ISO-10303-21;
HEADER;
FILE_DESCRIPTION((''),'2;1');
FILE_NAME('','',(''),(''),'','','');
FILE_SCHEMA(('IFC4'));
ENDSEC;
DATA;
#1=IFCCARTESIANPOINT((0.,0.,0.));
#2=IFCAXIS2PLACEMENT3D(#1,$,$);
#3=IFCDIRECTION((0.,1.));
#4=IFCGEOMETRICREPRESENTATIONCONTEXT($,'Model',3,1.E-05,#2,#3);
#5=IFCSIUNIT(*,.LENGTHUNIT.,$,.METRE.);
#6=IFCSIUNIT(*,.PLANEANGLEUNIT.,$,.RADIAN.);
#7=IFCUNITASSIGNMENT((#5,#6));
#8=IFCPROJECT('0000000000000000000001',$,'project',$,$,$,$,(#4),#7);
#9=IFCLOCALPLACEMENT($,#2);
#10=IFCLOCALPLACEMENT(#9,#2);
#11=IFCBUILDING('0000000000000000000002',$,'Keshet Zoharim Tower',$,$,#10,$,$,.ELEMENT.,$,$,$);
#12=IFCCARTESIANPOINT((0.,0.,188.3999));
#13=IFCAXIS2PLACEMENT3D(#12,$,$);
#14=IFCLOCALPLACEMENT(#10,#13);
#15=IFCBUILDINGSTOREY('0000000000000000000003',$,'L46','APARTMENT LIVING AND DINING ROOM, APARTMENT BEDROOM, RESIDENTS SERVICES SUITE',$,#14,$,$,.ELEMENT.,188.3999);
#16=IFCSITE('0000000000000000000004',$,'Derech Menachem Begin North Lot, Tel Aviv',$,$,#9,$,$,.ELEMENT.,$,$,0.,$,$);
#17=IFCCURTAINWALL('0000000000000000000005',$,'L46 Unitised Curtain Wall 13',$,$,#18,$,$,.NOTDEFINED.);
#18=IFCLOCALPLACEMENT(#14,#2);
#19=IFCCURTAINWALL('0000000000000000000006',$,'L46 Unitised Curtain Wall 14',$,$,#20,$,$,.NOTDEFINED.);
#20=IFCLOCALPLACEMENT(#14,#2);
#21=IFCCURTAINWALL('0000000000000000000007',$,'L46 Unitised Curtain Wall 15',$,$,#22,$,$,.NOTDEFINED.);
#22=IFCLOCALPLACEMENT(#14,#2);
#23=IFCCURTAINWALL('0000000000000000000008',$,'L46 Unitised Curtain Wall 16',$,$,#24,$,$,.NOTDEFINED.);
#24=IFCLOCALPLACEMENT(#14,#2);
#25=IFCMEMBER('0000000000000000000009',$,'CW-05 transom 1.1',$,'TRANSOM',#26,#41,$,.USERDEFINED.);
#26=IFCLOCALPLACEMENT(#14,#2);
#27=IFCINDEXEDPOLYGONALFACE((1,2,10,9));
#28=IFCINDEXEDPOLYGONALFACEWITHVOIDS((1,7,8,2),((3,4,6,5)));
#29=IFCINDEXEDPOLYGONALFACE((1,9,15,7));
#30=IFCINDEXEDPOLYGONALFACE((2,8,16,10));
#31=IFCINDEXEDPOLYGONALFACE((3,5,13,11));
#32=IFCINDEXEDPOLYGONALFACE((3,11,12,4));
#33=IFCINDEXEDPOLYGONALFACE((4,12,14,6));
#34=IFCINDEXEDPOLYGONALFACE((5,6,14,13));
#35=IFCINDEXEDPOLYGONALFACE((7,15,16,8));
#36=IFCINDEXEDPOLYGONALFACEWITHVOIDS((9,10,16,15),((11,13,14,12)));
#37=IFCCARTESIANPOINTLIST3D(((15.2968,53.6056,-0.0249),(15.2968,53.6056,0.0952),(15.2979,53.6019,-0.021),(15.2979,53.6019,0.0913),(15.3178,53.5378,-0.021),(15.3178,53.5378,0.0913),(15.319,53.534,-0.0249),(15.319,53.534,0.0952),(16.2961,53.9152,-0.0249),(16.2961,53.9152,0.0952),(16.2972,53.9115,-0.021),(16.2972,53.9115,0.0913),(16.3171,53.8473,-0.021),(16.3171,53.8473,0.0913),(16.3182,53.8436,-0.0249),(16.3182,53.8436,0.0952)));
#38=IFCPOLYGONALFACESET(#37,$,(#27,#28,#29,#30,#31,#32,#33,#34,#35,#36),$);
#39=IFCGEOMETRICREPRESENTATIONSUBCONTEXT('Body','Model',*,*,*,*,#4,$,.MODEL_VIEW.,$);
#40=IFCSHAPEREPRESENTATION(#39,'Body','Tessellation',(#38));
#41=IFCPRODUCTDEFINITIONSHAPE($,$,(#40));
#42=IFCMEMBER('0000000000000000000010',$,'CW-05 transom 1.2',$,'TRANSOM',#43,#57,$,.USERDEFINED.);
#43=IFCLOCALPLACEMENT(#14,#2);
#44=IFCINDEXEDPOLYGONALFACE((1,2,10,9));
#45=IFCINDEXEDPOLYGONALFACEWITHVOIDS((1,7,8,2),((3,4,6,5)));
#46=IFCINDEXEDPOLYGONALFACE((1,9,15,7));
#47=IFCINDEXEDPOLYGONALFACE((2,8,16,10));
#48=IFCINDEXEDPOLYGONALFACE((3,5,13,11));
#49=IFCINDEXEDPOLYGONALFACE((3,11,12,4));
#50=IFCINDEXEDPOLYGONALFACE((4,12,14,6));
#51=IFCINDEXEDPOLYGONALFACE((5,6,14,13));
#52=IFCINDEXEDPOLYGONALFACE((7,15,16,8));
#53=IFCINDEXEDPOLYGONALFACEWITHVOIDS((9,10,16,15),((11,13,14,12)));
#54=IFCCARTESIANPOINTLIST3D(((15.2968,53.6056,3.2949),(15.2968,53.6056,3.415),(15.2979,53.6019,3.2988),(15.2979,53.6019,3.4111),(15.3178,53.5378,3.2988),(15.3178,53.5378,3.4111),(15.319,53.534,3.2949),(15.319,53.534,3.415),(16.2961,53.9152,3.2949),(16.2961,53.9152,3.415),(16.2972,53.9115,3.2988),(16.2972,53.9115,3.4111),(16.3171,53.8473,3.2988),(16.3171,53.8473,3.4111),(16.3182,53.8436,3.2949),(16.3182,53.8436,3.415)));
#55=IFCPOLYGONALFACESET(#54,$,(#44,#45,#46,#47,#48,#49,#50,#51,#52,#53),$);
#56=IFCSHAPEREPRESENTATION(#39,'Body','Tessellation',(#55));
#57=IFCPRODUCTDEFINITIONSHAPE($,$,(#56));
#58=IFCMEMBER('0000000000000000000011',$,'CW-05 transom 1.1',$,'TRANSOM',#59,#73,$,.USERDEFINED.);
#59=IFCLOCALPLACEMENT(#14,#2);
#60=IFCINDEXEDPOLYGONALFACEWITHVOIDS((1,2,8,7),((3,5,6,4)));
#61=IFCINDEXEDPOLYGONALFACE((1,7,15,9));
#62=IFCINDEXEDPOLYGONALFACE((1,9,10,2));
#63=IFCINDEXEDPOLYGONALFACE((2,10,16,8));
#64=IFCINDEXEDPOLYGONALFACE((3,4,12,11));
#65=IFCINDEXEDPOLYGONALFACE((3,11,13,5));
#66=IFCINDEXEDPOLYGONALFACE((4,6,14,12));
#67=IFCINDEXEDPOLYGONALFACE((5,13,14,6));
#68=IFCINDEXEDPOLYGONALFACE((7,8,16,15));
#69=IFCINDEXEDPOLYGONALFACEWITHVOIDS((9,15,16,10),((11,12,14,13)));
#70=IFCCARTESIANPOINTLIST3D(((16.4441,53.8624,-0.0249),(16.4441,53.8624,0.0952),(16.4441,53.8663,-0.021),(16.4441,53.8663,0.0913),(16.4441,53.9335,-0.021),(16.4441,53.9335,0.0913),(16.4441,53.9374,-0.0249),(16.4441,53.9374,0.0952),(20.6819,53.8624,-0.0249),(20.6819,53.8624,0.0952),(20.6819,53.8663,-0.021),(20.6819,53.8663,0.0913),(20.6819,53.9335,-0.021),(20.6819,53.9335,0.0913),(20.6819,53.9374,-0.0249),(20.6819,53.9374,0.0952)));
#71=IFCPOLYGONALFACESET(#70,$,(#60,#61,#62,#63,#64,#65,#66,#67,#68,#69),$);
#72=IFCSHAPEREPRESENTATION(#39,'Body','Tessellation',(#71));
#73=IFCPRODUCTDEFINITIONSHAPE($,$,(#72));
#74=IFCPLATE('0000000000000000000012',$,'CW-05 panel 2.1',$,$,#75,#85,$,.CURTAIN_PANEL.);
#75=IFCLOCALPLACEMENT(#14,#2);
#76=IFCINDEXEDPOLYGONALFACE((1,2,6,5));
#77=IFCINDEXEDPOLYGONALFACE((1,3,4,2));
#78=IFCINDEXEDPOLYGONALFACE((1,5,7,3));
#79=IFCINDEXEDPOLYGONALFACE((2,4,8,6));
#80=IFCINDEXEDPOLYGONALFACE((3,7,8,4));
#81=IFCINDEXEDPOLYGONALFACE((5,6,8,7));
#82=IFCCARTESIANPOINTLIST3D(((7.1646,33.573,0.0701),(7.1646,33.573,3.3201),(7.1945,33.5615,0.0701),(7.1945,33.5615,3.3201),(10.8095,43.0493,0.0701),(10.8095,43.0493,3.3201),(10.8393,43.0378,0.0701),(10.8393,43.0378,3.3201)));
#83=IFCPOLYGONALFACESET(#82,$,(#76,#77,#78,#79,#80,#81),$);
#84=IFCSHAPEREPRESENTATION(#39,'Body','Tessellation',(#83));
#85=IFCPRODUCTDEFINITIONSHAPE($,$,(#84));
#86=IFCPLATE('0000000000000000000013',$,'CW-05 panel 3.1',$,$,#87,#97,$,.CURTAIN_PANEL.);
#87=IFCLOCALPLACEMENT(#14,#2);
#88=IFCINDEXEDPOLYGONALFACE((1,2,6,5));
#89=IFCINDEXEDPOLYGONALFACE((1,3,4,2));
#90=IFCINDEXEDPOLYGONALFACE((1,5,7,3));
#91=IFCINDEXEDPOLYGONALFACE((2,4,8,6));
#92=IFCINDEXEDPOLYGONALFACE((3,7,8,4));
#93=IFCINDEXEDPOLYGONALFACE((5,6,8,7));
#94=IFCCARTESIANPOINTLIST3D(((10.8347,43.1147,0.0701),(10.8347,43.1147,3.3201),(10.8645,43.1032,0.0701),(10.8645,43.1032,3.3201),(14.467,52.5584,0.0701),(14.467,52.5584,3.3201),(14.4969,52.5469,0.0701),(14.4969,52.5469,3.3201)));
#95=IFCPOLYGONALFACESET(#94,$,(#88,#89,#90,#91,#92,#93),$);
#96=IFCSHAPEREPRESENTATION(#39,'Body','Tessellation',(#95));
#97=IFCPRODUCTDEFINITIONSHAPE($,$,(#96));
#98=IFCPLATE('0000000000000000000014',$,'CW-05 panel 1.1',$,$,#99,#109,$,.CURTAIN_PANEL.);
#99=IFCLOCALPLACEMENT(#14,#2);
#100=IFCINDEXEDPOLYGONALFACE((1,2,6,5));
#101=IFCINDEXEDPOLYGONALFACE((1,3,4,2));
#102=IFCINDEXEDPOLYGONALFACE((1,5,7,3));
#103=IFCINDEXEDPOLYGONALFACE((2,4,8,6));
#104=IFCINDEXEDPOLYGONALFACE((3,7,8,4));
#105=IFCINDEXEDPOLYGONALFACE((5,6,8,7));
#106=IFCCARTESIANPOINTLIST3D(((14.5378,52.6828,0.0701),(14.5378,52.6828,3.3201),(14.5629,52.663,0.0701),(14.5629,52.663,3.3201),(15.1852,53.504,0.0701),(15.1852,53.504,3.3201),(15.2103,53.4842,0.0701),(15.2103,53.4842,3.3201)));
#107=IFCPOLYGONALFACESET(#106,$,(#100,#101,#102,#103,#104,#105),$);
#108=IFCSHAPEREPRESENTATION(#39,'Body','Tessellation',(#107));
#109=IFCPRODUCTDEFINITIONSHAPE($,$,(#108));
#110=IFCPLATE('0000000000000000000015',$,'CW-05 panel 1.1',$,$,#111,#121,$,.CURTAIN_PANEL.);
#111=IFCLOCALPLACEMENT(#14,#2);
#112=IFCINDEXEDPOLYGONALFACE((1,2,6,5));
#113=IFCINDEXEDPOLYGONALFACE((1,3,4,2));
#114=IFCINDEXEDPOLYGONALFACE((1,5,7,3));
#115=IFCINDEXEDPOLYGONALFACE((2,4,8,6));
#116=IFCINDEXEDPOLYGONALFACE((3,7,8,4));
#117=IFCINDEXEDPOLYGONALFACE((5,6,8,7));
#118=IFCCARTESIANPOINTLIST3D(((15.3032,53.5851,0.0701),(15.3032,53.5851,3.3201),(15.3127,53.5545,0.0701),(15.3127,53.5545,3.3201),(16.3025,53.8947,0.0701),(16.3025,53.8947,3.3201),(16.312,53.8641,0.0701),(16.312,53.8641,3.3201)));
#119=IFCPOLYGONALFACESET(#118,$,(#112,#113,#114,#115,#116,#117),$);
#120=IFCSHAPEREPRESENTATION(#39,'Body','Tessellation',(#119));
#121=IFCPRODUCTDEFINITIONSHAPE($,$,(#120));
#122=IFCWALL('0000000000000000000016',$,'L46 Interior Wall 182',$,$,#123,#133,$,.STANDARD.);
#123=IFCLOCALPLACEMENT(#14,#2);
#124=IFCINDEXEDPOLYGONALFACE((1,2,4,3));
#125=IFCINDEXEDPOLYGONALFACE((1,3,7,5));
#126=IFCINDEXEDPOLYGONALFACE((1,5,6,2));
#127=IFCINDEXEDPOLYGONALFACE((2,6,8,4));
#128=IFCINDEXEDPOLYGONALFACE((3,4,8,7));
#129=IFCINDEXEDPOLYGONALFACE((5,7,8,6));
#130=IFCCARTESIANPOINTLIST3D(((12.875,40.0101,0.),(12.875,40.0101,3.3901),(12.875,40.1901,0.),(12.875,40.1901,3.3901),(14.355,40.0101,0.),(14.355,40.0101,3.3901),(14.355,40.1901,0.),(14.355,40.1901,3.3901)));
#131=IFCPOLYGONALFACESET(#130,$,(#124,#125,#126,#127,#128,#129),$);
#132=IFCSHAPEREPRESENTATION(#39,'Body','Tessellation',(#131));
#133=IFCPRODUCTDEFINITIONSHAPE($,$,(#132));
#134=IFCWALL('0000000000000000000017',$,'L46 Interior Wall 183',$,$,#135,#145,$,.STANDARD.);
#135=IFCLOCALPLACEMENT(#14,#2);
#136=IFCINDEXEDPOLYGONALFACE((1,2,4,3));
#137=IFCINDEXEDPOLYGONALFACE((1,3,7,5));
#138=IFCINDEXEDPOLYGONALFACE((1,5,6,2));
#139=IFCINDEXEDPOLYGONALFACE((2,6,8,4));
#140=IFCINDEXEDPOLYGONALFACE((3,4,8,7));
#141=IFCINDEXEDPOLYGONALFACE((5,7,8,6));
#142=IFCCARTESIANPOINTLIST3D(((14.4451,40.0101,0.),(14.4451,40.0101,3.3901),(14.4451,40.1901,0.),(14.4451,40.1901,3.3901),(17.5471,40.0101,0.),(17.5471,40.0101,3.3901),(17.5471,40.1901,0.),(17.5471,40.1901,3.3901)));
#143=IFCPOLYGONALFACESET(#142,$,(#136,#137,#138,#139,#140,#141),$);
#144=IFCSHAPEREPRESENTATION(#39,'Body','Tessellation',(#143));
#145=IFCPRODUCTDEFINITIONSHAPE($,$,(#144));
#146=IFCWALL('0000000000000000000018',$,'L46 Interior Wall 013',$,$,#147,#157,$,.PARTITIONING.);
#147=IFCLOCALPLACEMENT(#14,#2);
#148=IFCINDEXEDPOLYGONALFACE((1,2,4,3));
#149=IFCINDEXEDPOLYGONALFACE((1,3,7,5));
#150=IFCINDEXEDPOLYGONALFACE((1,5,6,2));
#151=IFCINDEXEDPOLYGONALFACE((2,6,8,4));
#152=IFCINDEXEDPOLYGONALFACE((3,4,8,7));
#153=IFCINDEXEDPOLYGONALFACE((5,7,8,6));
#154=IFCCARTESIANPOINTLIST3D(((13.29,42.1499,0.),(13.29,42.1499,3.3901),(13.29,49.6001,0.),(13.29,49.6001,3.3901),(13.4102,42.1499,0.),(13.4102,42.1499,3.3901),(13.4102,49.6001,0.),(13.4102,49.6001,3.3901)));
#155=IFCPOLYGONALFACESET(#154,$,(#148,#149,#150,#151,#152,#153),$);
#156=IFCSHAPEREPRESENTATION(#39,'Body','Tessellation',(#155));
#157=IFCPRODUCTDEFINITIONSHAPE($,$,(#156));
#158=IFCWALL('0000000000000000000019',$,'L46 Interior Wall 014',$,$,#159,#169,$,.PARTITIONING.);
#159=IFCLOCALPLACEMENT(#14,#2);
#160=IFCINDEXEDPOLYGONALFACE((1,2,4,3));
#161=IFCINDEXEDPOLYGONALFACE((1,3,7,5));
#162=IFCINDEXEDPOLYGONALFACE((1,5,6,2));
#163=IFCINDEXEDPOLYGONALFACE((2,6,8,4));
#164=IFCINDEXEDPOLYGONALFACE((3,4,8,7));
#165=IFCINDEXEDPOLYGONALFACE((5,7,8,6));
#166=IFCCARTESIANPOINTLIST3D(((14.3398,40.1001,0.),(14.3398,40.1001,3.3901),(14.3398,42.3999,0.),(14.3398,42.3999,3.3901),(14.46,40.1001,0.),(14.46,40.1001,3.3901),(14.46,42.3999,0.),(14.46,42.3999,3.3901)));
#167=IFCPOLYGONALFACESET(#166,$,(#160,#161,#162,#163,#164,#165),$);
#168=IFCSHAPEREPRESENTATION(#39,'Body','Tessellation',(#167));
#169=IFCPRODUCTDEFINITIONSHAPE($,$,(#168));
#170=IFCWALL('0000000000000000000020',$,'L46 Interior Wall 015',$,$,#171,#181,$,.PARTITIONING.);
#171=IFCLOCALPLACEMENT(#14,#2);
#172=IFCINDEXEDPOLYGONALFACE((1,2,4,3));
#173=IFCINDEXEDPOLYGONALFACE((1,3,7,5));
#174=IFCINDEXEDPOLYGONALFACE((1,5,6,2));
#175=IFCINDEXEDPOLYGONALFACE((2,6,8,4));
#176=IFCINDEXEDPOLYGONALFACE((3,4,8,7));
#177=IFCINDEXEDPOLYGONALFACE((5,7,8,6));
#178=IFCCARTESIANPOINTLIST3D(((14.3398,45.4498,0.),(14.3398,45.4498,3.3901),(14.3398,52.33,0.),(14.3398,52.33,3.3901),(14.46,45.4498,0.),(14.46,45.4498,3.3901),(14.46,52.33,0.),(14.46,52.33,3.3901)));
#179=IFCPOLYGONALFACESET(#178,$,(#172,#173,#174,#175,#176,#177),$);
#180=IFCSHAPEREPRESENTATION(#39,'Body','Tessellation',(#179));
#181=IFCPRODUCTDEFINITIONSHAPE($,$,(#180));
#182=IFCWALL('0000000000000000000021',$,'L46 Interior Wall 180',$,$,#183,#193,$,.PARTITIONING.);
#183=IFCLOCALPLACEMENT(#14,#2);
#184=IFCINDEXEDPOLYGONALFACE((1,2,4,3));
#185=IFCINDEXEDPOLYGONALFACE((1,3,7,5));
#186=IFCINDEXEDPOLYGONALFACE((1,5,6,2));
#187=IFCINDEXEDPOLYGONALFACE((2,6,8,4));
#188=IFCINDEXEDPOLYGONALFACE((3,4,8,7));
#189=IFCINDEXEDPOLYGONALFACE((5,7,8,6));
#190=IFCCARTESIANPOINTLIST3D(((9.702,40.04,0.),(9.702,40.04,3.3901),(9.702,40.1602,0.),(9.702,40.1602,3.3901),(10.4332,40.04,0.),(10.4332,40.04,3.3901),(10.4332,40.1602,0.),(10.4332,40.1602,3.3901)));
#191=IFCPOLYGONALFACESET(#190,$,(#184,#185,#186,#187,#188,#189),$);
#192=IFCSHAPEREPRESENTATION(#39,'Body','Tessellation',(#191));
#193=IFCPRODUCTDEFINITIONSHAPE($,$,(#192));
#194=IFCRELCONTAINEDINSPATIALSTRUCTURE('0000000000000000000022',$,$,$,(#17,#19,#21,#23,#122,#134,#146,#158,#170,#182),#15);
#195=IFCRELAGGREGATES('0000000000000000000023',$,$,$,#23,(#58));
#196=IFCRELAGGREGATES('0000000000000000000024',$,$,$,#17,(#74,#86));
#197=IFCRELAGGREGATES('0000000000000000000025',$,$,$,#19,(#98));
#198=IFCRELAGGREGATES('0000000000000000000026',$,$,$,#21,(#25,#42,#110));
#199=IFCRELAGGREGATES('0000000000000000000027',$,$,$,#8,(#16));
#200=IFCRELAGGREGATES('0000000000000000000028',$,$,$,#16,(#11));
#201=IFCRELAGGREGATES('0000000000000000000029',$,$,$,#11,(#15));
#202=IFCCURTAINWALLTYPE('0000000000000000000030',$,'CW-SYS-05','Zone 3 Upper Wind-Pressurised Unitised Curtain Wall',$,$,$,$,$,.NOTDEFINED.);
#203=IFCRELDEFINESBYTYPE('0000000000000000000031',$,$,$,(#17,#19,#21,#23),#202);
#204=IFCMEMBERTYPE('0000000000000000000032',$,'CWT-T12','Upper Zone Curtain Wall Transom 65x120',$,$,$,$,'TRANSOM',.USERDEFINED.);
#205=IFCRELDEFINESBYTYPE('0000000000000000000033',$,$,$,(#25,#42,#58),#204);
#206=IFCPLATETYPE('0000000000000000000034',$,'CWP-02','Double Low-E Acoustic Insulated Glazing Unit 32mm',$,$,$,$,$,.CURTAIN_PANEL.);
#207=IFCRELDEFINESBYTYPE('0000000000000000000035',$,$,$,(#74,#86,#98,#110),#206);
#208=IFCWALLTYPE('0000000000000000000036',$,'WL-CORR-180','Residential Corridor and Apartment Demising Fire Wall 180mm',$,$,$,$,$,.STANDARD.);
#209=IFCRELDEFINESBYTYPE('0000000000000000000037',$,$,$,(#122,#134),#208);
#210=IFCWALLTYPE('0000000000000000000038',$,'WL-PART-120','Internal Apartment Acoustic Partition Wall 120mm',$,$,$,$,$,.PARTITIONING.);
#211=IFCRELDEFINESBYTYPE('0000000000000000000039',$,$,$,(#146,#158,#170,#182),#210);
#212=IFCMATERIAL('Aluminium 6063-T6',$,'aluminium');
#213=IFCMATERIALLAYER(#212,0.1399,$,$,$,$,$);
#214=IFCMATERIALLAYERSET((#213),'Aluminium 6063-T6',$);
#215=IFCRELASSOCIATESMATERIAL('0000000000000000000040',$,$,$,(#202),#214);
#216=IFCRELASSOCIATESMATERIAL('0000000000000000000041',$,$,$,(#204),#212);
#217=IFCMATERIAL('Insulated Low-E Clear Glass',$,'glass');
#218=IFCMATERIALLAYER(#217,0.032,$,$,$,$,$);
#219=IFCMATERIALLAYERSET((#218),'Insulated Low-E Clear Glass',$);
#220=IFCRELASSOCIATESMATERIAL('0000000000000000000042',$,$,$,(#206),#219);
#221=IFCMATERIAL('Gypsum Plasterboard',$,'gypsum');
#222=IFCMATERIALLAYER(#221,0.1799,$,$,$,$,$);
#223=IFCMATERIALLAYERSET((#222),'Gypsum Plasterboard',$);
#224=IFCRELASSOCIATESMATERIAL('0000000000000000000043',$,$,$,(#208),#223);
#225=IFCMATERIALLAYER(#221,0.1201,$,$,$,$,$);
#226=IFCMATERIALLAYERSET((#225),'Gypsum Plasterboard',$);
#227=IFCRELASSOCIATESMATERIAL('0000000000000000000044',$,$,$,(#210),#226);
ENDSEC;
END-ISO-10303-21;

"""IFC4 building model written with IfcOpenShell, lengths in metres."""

from ifc_helpers import new_model, si_unit, direction, frame, frame_2d, origin, origin_2d, place, context, subcontext, project, spatial, rectangle, hollow_rectangle, extrude, material, layer, layer_set, material_profile, profile_set, type_object, element, aggregate, save


model = new_model("IFC4")

# Units and contexts
model_context = context("Model", 3, precision=1e-05, world=origin(), true_north=direction((0.0, 1.0)))
body_context = subcontext(model_context, "Body", "Model", "MODEL_VIEW")
ifc_project = project(units=[si_unit("LENGTHUNIT", "METRE"), si_unit("PLANEANGLEUNIT", "RADIAN")], contexts=[model_context])

# Site, building, storey
site_placement = place(None, origin())
site = spatial("IfcSite", under=ifc_project, at=site_placement, Name="Derech Menachem Begin North Lot, Tel Aviv", CompositionType="ELEMENT", RefElevation=0.0)
building_placement = place(site_placement, origin())
building = spatial("IfcBuilding", under=site, at=building_placement, Name="Keshet Zoharim Tower", CompositionType="ELEMENT")
storey_placement = place(building_placement, frame((0.0, 0.0, 188.3999)))
storey = spatial("IfcBuildingStorey", under=building, at=storey_placement, Name="L46", Description="APARTMENT LIVING AND DINING ROOM, APARTMENT BEDROOM, RESIDENTS SERVICES SUITE", CompositionType="ELEMENT", Elevation=188.3999)

# Curtain walls
ifc_material_1 = material(Name="Aluminium 6063-T6", Category="aluminium")
ifc_layer_1 = layer(ifc_material_1, 0.1399)
ifc_layer_set_1 = layer_set([ifc_layer_1], Name="Aluminium 6063-T6")
curtain_wall_type = type_object("IfcCurtainWallType", Name="CW-SYS-05", Description="Zone 3 Upper Wind-Pressurised Unitised Curtain Wall", PredefinedType="NOTDEFINED", material=ifc_layer_set_1)
curtain_wall_1_placement = place(storey_placement, origin())
curtain_wall_1 = element("IfcCurtainWall", 1, at=curtain_wall_1_placement, inside=storey, type_object=curtain_wall_type, Name="L46 Unitised Curtain Wall 13", PredefinedType="NOTDEFINED")
curtain_wall_2_placement = place(storey_placement, origin())
curtain_wall_2 = element("IfcCurtainWall", 2, at=curtain_wall_2_placement, inside=storey, type_object=curtain_wall_type, Name="L46 Unitised Curtain Wall 14", PredefinedType="NOTDEFINED")
curtain_wall_3_placement = place(storey_placement, origin())
curtain_wall_3 = element("IfcCurtainWall", 3, at=curtain_wall_3_placement, inside=storey, type_object=curtain_wall_type, Name="L46 Unitised Curtain Wall 15", PredefinedType="NOTDEFINED")

# Curtain wall
curtain_wall_4_placement = place(storey_placement, origin())
curtain_wall_4 = element("IfcCurtainWall", 4, at=curtain_wall_4_placement, inside=storey, type_object=curtain_wall_type, Name="L46 Unitised Curtain Wall 16", PredefinedType="NOTDEFINED")

# Members
ifc_material_profile_1 = material_profile(ifc_material_1, hollow_rectangle(XDim=0.075, YDim=0.1201, WallThickness=0.0039, at=origin_2d()), Name="TRN-75x120")
ifc_profile_set_1 = profile_set([ifc_material_profile_1], Name="Aluminium 6063-T6")
member_type_1 = type_object("IfcMemberType", Name="CWT-T12", Description="Upper Zone Curtain Wall Transom 65x120", ElementType="TRANSOM", PredefinedType="USERDEFINED", material=ifc_profile_set_1)
member_1_placement = place(storey_placement, frame((15.3079, 53.5698, 0.0352), z_axis=(0.955212, 0.295922, 0.0), x_axis=(-0.295922, 0.955212, 0.0)))
member_1 = element("IfcMember", 5, at=member_1_placement, type_object=member_type_1, Name="CW-05 transom 1.1", ObjectType="TRANSOM", PredefinedType="USERDEFINED", context=body_context, shape_type="SweptSolid", body=[
    extrude(hollow_rectangle(XDim=0.075, YDim=0.1201, WallThickness=0.0039, at=origin_2d()), origin(), (0.0, 0.0, 1.0), 1.0461),
])
member_2_placement = place(storey_placement, frame((15.3079, 53.5698, 3.355), z_axis=(0.955212, 0.295922, 0.0), x_axis=(-0.295922, 0.955212, 0.0)))
member_2 = element("IfcMember", 6, at=member_2_placement, type_object=member_type_1, Name="CW-05 transom 1.2", ObjectType="TRANSOM", PredefinedType="USERDEFINED", context=body_context, shape_type="SweptSolid", body=[
    extrude(hollow_rectangle(XDim=0.075, YDim=0.1201, WallThickness=0.0039, at=origin_2d()), origin(), (0.0, 0.0, 1.0), 1.0461),
])
member_3_placement = place(storey_placement, frame((16.4441, 53.8999, 0.0352), z_axis=(1.0, 0.0, 0.0), x_axis=(0.0, 1.0, 0.0)))
member_3 = element("IfcMember", 7, at=member_3_placement, type_object=member_type_1, Name="CW-05 transom 1.1", ObjectType="TRANSOM", PredefinedType="USERDEFINED", context=body_context, shape_type="SweptSolid", body=[
    extrude(hollow_rectangle(XDim=0.075, YDim=0.1201, WallThickness=0.0039, at=origin_2d()), origin(), (0.0, 0.0, 1.0), 4.2378),
])
aggregate(curtain_wall_4, [member_3])

# Plates
ifc_material_2 = material(Name="Insulated Low-E Clear Glass", Category="glass")
ifc_layer_2 = layer(ifc_material_2, 0.032)
ifc_layer_set_2 = layer_set([ifc_layer_2], Name="Insulated Low-E Clear Glass")
plate_type = type_object("IfcPlateType", Name="CWP-02", Description="Double Low-E Acoustic Insulated Glazing Unit 32mm", PredefinedType="CURTAIN_PANEL", material=ifc_layer_set_2)
plate_1_placement = place(storey_placement, frame((9.002, 38.3054, 0.0701), z_axis=(0.0, 0.0, 1.0), x_axis=(0.35899, 0.933341, 0.0)))
plate_1 = element("IfcPlate", 8, at=plate_1_placement, type_object=plate_type, Name="CW-05 panel 2.1", PredefinedType="CURTAIN_PANEL", context=body_context, shape_type="SweptSolid", body=[
    extrude(rectangle(XDim=10.1531, YDim=0.032, at=origin_2d()), origin(), (0.0, 0.0, 1.0), 3.25),
])
plate_2_placement = place(storey_placement, frame((12.6658, 47.8308, 0.0701), z_axis=(0.0, 0.0, 1.0), x_axis=(0.35899, 0.933341, 0.0)))
plate_2 = element("IfcPlate", 9, at=plate_2_placement, type_object=plate_type, Name="CW-05 panel 3.1", PredefinedType="CURTAIN_PANEL", context=body_context, shape_type="SweptSolid", body=[
    extrude(rectangle(XDim=10.1182, YDim=0.032, at=origin_2d()), origin(), (0.0, 0.0, 1.0), 3.25),
])
aggregate(curtain_wall_1, [plate_1, plate_2])
plate_3_placement = place(storey_placement, frame((14.874, 53.0835, 0.0701), z_axis=(0.0, 0.0, 1.0), x_axis=(0.619125, 0.785293, 0.0)))
plate_3 = element("IfcPlate", 10, at=plate_3_placement, type_object=plate_type, Name="CW-05 panel 1.1", PredefinedType="CURTAIN_PANEL", context=body_context, shape_type="SweptSolid", body=[
    extrude(rectangle(XDim=1.0457, YDim=0.032, at=origin_2d()), origin(), (0.0, 0.0, 1.0), 3.25),
])
aggregate(curtain_wall_2, [plate_3])
plate_4_placement = place(storey_placement, frame((15.8076, 53.7246, 0.0701), z_axis=(0.0, 0.0, 1.0), x_axis=(0.955212, 0.295922, 0.0)))
plate_4 = element("IfcPlate", 11, at=plate_4_placement, type_object=plate_type, Name="CW-05 panel 1.1", PredefinedType="CURTAIN_PANEL", context=body_context, shape_type="SweptSolid", body=[
    extrude(rectangle(XDim=1.0461, YDim=0.032, at=origin_2d()), origin(), (0.0, 0.0, 1.0), 3.25),
])
aggregate(curtain_wall_3, [member_1, member_2, plate_4])

# Walls
ifc_material_3 = material(Name="Gypsum Plasterboard", Category="gypsum")
ifc_layer_3 = layer(ifc_material_3, 0.1799)
ifc_layer_set_3 = layer_set([ifc_layer_3], Name="Gypsum Plasterboard")
wall_type_1 = type_object("IfcWallType", Name="WL-CORR-180", Description="Residential Corridor and Apartment Demising Fire Wall 180mm", PredefinedType="STANDARD", material=ifc_layer_set_3)
wall_1_placement = place(storey_placement, frame((12.875, 40.1001, 0.0), z_axis=(0.0, 0.0, 1.0), x_axis=(1.0, 0.0, 0.0)))
element("IfcWall", 12, at=wall_1_placement, inside=storey, type_object=wall_type_1, Name="L46 Interior Wall 182", PredefinedType="STANDARD", context=body_context, shape_type="SweptSolid", body=[
    extrude(rectangle(XDim=1.48, YDim=0.1799, at=frame_2d((0.74, 0.0))), origin(), (0.0, 0.0, 1.0), 3.3901),
])
wall_2_placement = place(storey_placement, frame((14.4451, 40.1001, 0.0), z_axis=(0.0, 0.0, 1.0), x_axis=(1.0, 0.0, 0.0)))
element("IfcWall", 13, at=wall_2_placement, inside=storey, type_object=wall_type_1, Name="L46 Interior Wall 183", PredefinedType="STANDARD", context=body_context, shape_type="SweptSolid", body=[
    extrude(rectangle(XDim=3.1021, YDim=0.1799, at=frame_2d((1.551, 0.0))), origin(), (0.0, 0.0, 1.0), 3.3901),
])
ifc_layer_4 = layer(ifc_material_3, 0.1201)
ifc_layer_set_4 = layer_set([ifc_layer_4], Name="Gypsum Plasterboard")
wall_type_2 = type_object("IfcWallType", Name="WL-PART-120", Description="Internal Apartment Acoustic Partition Wall 120mm", PredefinedType="PARTITIONING", material=ifc_layer_set_4)
wall_3_placement = place(storey_placement, frame((13.3501, 42.1499, 0.0), z_axis=(0.0, 0.0, 1.0), x_axis=(0.0, 1.0, 0.0)))
element("IfcWall", 14, at=wall_3_placement, inside=storey, type_object=wall_type_2, Name="L46 Interior Wall 013", PredefinedType="PARTITIONING", context=body_context, shape_type="SweptSolid", body=[
    extrude(rectangle(XDim=7.4502, YDim=0.1201, at=frame_2d((3.7251, 0.0))), origin(), (0.0, 0.0, 1.0), 3.3901),
])
wall_4_placement = place(storey_placement, frame((14.3999, 40.1001, 0.0), z_axis=(0.0, 0.0, 1.0), x_axis=(0.0, 1.0, 0.0)))
element("IfcWall", 15, at=wall_4_placement, inside=storey, type_object=wall_type_2, Name="L46 Interior Wall 014", PredefinedType="PARTITIONING", context=body_context, shape_type="SweptSolid", body=[
    extrude(rectangle(XDim=2.2998, YDim=0.1201, at=frame_2d((1.1499, 0.0))), origin(), (0.0, 0.0, 1.0), 3.3901),
])
wall_5_placement = place(storey_placement, frame((14.3999, 45.45, 0.0), z_axis=(0.0, 0.0, 1.0), x_axis=(0.0, 1.0, 0.0)))
element("IfcWall", 16, at=wall_5_placement, inside=storey, type_object=wall_type_2, Name="L46 Interior Wall 015", PredefinedType="PARTITIONING", context=body_context, shape_type="SweptSolid", body=[
    extrude(rectangle(XDim=6.8801, YDim=0.1201, at=frame_2d((3.4399, 0.0))), origin(), (0.0, 0.0, 1.0), 3.3901),
])
wall_6_placement = place(storey_placement, frame((9.7019, 40.1001, 0.0), z_axis=(0.0, 0.0, 1.0), x_axis=(1.0, 0.0, 0.0)))
element("IfcWall", 17, at=wall_6_placement, inside=storey, type_object=wall_type_2, Name="L46 Interior Wall 180", PredefinedType="PARTITIONING", context=body_context, shape_type="SweptSolid", body=[
    extrude(rectangle(XDim=0.7312, YDim=0.1201, at=frame_2d((0.3657, 0.0))), origin(), (0.0, 0.0, 1.0), 3.3901),
])

save(model, "model.ifc")
